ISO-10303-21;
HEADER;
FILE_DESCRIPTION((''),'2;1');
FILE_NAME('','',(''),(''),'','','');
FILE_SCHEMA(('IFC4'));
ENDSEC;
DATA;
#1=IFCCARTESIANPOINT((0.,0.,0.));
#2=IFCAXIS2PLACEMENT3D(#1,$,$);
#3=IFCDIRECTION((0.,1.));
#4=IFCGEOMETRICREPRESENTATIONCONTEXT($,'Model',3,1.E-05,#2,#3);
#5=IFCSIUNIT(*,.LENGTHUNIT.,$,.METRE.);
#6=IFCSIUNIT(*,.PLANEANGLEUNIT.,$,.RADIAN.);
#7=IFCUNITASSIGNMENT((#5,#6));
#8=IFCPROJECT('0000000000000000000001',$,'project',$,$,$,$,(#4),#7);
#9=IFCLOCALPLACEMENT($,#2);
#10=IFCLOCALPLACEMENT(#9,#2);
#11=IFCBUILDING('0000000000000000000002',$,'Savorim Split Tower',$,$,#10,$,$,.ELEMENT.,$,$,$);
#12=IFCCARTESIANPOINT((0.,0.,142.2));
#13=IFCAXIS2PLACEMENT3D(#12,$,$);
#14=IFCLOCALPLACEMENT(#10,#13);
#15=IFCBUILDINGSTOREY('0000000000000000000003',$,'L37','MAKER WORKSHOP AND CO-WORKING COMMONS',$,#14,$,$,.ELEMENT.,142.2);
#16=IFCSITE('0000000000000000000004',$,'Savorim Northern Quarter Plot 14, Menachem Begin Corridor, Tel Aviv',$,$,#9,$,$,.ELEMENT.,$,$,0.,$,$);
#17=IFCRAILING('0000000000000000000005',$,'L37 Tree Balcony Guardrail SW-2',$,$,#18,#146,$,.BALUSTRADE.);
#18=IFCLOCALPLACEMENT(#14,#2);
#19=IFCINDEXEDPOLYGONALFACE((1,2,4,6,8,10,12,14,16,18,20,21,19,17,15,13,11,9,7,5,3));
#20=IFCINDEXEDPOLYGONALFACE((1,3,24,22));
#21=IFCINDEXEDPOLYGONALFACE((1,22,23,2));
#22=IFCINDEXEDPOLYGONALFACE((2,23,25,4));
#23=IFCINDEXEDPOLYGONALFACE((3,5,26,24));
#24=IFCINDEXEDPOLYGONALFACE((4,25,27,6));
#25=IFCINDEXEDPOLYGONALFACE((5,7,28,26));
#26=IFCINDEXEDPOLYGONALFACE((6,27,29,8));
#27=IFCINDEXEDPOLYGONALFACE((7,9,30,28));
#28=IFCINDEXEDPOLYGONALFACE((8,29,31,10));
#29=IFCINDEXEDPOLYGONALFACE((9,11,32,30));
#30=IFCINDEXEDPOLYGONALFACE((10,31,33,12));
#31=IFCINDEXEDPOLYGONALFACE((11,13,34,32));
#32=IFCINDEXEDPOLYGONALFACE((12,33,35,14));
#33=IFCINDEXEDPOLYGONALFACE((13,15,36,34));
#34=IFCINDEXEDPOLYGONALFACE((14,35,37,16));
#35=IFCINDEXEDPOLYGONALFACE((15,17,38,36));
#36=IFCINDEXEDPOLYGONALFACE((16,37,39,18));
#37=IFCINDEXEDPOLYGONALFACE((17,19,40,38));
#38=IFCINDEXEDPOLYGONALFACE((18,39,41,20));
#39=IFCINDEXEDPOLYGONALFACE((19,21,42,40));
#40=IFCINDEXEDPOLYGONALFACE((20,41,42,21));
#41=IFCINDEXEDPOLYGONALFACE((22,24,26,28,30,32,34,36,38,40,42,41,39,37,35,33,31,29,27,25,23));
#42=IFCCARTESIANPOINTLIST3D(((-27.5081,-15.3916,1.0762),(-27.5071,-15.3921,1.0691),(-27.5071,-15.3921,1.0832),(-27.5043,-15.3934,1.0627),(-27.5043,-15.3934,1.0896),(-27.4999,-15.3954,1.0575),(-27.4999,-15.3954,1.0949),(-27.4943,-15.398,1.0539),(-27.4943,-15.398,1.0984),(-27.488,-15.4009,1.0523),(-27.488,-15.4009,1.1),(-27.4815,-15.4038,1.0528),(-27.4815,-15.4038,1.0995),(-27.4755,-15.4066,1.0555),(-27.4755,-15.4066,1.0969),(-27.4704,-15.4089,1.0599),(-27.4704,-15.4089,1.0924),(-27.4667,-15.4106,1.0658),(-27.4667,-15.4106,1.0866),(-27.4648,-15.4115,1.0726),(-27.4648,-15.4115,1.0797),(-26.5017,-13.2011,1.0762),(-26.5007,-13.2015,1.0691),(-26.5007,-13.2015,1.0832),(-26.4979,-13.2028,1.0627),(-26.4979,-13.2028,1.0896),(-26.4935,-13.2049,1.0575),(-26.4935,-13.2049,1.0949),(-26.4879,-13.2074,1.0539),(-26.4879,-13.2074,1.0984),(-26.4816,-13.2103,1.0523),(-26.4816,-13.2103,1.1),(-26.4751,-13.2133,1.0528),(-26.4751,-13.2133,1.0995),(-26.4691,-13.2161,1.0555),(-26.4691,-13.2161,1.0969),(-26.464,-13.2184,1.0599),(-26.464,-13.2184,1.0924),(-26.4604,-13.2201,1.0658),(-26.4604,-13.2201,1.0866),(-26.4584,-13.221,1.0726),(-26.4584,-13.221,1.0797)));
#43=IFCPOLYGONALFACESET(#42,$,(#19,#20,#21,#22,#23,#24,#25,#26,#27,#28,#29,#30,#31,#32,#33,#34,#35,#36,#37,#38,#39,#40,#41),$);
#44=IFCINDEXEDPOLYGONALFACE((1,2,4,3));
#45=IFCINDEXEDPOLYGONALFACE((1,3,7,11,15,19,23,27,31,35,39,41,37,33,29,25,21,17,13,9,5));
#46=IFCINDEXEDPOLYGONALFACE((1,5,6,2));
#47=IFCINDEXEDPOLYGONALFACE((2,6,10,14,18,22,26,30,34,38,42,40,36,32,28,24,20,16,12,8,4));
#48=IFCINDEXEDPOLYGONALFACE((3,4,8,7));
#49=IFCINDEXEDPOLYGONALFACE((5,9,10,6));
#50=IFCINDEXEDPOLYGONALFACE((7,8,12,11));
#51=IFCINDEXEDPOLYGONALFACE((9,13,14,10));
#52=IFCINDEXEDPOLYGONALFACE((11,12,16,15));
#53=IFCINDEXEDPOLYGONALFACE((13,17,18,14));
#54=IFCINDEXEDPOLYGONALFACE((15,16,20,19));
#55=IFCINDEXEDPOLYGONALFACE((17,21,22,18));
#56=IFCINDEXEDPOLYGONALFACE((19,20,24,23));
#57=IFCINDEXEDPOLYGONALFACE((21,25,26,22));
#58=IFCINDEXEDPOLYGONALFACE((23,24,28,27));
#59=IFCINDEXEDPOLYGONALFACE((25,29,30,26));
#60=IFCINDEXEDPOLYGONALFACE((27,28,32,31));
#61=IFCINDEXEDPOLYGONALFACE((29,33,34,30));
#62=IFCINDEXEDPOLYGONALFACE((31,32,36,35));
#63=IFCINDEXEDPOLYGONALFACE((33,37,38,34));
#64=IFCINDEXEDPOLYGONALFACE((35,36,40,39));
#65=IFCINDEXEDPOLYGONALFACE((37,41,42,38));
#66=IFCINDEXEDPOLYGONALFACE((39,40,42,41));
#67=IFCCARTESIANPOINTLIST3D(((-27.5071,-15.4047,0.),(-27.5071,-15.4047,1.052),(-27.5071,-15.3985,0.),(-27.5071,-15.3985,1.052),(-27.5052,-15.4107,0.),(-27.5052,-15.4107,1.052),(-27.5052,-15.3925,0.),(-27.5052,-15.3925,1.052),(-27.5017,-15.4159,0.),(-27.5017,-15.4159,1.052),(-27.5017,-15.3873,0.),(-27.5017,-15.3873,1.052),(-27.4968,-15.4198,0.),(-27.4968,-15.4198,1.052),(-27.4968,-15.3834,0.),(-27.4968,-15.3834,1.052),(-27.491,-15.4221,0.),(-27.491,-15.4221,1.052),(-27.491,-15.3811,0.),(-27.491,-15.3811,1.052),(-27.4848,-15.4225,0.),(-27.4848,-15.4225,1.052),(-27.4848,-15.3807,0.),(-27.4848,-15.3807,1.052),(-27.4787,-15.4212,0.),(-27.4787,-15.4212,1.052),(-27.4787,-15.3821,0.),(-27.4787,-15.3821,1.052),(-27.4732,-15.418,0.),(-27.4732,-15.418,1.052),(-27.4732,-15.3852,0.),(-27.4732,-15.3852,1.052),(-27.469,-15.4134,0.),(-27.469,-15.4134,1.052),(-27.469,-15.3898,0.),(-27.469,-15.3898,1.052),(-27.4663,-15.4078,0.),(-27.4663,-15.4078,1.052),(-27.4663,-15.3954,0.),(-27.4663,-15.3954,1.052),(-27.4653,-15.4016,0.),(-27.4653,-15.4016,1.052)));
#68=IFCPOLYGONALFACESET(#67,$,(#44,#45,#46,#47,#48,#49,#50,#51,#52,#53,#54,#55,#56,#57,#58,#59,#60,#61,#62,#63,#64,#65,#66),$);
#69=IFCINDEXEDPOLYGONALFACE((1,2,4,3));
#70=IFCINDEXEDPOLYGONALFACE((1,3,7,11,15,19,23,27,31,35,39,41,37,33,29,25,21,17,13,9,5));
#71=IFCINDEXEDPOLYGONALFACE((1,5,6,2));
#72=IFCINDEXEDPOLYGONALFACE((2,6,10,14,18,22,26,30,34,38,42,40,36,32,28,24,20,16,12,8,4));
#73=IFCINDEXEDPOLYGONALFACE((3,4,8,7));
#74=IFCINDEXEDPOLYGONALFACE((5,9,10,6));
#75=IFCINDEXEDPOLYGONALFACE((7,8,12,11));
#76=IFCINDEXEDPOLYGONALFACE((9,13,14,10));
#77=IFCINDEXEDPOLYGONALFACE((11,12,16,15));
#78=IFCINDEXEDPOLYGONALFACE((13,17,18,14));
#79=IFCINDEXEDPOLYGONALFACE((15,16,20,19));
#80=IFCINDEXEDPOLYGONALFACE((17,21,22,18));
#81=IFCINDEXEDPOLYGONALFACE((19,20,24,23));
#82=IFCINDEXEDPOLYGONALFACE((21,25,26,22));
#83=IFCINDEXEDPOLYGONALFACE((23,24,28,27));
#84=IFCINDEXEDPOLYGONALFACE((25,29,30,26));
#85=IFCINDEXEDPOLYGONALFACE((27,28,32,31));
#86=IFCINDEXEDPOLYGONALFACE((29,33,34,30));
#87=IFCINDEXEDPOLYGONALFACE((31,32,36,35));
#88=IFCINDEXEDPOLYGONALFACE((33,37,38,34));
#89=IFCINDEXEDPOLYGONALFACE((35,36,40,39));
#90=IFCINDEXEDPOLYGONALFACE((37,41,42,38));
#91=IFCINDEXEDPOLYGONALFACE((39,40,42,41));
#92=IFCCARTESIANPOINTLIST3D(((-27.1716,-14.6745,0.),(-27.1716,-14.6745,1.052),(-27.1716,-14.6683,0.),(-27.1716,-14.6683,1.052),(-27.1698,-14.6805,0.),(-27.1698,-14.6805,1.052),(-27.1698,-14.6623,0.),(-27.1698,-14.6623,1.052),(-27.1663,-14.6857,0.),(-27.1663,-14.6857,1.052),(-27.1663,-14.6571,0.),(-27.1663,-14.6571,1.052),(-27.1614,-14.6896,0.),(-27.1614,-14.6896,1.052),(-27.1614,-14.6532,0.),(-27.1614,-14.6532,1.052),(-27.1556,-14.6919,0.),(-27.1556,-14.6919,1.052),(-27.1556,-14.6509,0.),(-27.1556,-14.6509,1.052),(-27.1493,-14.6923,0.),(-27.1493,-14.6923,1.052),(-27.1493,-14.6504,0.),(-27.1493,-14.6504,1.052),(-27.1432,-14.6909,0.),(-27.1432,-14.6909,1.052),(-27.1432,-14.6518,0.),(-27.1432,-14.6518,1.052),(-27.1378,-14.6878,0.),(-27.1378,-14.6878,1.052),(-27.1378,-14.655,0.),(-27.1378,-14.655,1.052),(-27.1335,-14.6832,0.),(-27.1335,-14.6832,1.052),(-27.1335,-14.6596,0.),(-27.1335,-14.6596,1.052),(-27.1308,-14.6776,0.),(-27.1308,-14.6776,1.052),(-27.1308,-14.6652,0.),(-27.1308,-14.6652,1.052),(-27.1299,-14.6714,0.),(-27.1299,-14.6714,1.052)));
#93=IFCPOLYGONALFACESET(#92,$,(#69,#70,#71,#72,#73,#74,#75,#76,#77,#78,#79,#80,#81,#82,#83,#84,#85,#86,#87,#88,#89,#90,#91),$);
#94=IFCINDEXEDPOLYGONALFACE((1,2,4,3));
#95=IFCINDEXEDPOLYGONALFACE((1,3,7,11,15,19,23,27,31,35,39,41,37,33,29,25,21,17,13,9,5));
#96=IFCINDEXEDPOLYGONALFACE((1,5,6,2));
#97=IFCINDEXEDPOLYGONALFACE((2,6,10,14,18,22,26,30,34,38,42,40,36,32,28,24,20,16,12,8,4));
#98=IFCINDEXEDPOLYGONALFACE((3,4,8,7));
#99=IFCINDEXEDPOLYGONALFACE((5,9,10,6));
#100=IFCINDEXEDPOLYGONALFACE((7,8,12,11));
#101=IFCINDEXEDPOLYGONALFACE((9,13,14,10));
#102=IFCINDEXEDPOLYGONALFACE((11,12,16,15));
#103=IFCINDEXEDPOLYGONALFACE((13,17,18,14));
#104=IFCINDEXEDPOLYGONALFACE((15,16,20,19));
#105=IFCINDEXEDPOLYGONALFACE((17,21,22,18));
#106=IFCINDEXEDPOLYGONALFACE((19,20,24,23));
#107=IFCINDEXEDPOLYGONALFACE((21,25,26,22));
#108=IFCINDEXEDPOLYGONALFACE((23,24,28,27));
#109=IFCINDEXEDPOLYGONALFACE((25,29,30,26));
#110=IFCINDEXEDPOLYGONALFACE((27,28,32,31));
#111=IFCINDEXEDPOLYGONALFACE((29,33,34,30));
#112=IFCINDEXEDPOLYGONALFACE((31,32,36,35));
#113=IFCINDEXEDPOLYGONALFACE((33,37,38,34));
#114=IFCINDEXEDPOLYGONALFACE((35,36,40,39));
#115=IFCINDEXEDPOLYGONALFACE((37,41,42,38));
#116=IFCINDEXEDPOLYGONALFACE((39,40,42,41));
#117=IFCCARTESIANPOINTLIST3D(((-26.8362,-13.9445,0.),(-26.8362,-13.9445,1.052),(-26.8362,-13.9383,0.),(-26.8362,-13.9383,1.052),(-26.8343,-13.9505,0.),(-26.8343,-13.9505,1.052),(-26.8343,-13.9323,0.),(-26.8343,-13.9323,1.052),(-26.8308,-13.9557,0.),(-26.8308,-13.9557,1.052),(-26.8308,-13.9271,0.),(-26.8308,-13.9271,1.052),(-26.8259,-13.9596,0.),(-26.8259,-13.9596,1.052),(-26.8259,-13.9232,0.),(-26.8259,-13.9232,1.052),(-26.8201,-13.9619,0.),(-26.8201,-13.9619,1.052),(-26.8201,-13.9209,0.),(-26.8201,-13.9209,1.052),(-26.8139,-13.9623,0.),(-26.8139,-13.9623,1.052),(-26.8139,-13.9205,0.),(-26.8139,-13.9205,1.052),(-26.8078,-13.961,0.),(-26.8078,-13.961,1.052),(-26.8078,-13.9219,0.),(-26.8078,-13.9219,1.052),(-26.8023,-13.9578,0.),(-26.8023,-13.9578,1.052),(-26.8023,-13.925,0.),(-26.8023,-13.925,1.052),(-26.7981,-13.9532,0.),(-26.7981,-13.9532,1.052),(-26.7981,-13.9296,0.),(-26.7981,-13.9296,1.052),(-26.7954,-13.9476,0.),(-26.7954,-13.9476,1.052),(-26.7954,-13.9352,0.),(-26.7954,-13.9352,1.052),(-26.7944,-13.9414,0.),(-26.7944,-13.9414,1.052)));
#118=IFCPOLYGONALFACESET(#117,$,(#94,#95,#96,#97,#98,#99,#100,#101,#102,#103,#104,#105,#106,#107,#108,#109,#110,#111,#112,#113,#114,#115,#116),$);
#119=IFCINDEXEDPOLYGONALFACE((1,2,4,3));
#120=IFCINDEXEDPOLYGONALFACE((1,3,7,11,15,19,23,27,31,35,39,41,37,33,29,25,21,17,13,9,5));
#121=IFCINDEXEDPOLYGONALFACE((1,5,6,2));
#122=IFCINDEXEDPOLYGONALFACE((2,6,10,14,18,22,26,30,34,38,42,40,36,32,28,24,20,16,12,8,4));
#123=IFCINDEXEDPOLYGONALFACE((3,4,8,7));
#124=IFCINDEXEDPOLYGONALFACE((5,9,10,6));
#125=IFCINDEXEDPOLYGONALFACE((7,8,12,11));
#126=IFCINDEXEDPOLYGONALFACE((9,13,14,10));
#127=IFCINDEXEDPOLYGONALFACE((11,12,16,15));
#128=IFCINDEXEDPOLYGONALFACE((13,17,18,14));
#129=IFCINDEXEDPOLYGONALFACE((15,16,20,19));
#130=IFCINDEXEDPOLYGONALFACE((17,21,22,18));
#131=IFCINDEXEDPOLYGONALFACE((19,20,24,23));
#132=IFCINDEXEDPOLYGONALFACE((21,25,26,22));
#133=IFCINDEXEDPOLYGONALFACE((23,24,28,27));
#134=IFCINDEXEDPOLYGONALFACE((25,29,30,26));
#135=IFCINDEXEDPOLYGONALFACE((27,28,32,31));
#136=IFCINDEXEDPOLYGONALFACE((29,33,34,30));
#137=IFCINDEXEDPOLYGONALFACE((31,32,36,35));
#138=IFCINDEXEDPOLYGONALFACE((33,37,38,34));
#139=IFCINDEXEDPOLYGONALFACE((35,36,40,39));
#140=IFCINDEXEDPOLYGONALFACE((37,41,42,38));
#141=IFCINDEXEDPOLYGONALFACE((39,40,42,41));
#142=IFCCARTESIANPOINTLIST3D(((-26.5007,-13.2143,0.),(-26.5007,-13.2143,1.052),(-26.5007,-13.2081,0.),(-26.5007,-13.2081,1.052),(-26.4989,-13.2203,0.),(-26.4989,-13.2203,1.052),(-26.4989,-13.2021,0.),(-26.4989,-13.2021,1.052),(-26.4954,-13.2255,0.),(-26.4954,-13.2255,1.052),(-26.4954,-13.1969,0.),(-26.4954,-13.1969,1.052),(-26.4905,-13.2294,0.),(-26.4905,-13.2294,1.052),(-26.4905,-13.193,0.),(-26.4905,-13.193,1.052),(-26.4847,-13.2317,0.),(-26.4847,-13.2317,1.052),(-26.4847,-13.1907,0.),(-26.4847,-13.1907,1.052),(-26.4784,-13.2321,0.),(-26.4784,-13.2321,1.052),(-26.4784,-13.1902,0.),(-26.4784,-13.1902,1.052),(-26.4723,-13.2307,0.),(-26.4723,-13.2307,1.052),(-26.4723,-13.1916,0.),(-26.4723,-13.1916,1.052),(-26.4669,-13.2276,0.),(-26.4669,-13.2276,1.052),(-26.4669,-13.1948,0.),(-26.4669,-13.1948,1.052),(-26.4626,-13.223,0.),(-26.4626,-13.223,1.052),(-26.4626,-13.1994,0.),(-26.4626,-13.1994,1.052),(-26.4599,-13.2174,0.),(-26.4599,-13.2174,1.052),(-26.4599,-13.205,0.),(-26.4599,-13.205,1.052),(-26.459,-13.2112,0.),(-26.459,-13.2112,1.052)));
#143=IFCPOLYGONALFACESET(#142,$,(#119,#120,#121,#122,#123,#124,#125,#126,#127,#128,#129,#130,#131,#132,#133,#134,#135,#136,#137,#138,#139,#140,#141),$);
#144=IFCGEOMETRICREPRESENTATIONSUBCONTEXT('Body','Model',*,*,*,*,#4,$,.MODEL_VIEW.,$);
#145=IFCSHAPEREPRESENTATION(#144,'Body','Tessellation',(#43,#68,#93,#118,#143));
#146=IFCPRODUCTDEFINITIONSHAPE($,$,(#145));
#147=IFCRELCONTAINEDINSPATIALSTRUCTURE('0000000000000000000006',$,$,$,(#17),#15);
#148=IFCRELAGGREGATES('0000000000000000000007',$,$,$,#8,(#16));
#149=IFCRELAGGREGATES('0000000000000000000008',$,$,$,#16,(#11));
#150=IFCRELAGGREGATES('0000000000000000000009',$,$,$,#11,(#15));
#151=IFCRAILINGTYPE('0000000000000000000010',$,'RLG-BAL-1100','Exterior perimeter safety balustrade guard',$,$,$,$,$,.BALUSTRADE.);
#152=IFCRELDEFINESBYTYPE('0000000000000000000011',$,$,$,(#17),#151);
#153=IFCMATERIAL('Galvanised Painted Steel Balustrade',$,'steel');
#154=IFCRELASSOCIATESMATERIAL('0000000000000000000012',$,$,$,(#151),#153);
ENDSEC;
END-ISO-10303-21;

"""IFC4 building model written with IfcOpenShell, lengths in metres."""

from ifc_helpers import new_model, si_unit, direction, frame, origin, origin_2d, place, context, subcontext, project, spatial, circle, extrude, material, type_object, element, save


model = new_model("IFC4")

# Units and contexts
model_context = context("Model", 3, precision=1e-05, world=origin(), true_north=direction((0.0, 1.0)))
body_context = subcontext(model_context, "Body", "Model", "MODEL_VIEW")
ifc_project = project(units=[si_unit("LENGTHUNIT", "METRE"), si_unit("PLANEANGLEUNIT", "RADIAN")], contexts=[model_context])

# Site, building, storey
site_placement = place(None, origin())
site = spatial("IfcSite", under=ifc_project, at=site_placement, Name="Savorim Northern Quarter Plot 14, Menachem Begin Corridor, Tel Aviv", CompositionType="ELEMENT", RefElevation=0.0)
building_placement = place(site_placement, origin())
building = spatial("IfcBuilding", under=site, at=building_placement, Name="Savorim Split Tower", CompositionType="ELEMENT")
storey_placement = place(building_placement, frame((0.0, 0.0, 142.2)))
storey = spatial("IfcBuildingStorey", under=building, at=storey_placement, Name="L37", Description="MAKER WORKSHOP AND CO-WORKING COMMONS", CompositionType="ELEMENT", Elevation=142.2)

# Railing
ifc_material_1 = material(Name="Galvanised Painted Steel Balustrade", Category="steel")
railing_type = type_object("IfcRailingType", Name="RLG-BAL-1100", Description="Exterior perimeter safety balustrade guard", PredefinedType="BALUSTRADE", material=ifc_material_1)
railing_1_placement = place(storey_placement, frame((-27.4863, -15.4016, 0.0)))
element("IfcRailing", 1, at=railing_1_placement, inside=storey, type_object=railing_type, Name="L37 Tree Balcony Guardrail SW-2", PredefinedType="BALUSTRADE", context=body_context, shape_type="SweptSolid", body=[
    extrude(circle(Radius=0.0239, at=origin_2d()), frame((0.0, 0.0, 1.0762), z_axis=(0.417478, 0.908687, 0.0), x_axis=(-0.908687, 0.417478, 0.0)), (0.0, 0.0, 1.0), 2.4106),
    extrude(circle(Radius=0.021, at=origin_2d()), origin(), (0.0, 0.0, 1.0), 1.052),
    extrude(circle(Radius=0.021, at=origin_2d()), frame((0.3354, 0.7302, 0.0)), (0.0, 0.0, 1.0), 1.052),
    extrude(circle(Radius=0.021, at=origin_2d()), frame((0.6709, 1.4602, 0.0)), (0.0, 0.0, 1.0), 1.052),
    extrude(circle(Radius=0.021, at=origin_2d()), frame((1.0063, 2.1904, 0.0)), (0.0, 0.0, 1.0), 1.052),
])

save(model, "model.ifc")
